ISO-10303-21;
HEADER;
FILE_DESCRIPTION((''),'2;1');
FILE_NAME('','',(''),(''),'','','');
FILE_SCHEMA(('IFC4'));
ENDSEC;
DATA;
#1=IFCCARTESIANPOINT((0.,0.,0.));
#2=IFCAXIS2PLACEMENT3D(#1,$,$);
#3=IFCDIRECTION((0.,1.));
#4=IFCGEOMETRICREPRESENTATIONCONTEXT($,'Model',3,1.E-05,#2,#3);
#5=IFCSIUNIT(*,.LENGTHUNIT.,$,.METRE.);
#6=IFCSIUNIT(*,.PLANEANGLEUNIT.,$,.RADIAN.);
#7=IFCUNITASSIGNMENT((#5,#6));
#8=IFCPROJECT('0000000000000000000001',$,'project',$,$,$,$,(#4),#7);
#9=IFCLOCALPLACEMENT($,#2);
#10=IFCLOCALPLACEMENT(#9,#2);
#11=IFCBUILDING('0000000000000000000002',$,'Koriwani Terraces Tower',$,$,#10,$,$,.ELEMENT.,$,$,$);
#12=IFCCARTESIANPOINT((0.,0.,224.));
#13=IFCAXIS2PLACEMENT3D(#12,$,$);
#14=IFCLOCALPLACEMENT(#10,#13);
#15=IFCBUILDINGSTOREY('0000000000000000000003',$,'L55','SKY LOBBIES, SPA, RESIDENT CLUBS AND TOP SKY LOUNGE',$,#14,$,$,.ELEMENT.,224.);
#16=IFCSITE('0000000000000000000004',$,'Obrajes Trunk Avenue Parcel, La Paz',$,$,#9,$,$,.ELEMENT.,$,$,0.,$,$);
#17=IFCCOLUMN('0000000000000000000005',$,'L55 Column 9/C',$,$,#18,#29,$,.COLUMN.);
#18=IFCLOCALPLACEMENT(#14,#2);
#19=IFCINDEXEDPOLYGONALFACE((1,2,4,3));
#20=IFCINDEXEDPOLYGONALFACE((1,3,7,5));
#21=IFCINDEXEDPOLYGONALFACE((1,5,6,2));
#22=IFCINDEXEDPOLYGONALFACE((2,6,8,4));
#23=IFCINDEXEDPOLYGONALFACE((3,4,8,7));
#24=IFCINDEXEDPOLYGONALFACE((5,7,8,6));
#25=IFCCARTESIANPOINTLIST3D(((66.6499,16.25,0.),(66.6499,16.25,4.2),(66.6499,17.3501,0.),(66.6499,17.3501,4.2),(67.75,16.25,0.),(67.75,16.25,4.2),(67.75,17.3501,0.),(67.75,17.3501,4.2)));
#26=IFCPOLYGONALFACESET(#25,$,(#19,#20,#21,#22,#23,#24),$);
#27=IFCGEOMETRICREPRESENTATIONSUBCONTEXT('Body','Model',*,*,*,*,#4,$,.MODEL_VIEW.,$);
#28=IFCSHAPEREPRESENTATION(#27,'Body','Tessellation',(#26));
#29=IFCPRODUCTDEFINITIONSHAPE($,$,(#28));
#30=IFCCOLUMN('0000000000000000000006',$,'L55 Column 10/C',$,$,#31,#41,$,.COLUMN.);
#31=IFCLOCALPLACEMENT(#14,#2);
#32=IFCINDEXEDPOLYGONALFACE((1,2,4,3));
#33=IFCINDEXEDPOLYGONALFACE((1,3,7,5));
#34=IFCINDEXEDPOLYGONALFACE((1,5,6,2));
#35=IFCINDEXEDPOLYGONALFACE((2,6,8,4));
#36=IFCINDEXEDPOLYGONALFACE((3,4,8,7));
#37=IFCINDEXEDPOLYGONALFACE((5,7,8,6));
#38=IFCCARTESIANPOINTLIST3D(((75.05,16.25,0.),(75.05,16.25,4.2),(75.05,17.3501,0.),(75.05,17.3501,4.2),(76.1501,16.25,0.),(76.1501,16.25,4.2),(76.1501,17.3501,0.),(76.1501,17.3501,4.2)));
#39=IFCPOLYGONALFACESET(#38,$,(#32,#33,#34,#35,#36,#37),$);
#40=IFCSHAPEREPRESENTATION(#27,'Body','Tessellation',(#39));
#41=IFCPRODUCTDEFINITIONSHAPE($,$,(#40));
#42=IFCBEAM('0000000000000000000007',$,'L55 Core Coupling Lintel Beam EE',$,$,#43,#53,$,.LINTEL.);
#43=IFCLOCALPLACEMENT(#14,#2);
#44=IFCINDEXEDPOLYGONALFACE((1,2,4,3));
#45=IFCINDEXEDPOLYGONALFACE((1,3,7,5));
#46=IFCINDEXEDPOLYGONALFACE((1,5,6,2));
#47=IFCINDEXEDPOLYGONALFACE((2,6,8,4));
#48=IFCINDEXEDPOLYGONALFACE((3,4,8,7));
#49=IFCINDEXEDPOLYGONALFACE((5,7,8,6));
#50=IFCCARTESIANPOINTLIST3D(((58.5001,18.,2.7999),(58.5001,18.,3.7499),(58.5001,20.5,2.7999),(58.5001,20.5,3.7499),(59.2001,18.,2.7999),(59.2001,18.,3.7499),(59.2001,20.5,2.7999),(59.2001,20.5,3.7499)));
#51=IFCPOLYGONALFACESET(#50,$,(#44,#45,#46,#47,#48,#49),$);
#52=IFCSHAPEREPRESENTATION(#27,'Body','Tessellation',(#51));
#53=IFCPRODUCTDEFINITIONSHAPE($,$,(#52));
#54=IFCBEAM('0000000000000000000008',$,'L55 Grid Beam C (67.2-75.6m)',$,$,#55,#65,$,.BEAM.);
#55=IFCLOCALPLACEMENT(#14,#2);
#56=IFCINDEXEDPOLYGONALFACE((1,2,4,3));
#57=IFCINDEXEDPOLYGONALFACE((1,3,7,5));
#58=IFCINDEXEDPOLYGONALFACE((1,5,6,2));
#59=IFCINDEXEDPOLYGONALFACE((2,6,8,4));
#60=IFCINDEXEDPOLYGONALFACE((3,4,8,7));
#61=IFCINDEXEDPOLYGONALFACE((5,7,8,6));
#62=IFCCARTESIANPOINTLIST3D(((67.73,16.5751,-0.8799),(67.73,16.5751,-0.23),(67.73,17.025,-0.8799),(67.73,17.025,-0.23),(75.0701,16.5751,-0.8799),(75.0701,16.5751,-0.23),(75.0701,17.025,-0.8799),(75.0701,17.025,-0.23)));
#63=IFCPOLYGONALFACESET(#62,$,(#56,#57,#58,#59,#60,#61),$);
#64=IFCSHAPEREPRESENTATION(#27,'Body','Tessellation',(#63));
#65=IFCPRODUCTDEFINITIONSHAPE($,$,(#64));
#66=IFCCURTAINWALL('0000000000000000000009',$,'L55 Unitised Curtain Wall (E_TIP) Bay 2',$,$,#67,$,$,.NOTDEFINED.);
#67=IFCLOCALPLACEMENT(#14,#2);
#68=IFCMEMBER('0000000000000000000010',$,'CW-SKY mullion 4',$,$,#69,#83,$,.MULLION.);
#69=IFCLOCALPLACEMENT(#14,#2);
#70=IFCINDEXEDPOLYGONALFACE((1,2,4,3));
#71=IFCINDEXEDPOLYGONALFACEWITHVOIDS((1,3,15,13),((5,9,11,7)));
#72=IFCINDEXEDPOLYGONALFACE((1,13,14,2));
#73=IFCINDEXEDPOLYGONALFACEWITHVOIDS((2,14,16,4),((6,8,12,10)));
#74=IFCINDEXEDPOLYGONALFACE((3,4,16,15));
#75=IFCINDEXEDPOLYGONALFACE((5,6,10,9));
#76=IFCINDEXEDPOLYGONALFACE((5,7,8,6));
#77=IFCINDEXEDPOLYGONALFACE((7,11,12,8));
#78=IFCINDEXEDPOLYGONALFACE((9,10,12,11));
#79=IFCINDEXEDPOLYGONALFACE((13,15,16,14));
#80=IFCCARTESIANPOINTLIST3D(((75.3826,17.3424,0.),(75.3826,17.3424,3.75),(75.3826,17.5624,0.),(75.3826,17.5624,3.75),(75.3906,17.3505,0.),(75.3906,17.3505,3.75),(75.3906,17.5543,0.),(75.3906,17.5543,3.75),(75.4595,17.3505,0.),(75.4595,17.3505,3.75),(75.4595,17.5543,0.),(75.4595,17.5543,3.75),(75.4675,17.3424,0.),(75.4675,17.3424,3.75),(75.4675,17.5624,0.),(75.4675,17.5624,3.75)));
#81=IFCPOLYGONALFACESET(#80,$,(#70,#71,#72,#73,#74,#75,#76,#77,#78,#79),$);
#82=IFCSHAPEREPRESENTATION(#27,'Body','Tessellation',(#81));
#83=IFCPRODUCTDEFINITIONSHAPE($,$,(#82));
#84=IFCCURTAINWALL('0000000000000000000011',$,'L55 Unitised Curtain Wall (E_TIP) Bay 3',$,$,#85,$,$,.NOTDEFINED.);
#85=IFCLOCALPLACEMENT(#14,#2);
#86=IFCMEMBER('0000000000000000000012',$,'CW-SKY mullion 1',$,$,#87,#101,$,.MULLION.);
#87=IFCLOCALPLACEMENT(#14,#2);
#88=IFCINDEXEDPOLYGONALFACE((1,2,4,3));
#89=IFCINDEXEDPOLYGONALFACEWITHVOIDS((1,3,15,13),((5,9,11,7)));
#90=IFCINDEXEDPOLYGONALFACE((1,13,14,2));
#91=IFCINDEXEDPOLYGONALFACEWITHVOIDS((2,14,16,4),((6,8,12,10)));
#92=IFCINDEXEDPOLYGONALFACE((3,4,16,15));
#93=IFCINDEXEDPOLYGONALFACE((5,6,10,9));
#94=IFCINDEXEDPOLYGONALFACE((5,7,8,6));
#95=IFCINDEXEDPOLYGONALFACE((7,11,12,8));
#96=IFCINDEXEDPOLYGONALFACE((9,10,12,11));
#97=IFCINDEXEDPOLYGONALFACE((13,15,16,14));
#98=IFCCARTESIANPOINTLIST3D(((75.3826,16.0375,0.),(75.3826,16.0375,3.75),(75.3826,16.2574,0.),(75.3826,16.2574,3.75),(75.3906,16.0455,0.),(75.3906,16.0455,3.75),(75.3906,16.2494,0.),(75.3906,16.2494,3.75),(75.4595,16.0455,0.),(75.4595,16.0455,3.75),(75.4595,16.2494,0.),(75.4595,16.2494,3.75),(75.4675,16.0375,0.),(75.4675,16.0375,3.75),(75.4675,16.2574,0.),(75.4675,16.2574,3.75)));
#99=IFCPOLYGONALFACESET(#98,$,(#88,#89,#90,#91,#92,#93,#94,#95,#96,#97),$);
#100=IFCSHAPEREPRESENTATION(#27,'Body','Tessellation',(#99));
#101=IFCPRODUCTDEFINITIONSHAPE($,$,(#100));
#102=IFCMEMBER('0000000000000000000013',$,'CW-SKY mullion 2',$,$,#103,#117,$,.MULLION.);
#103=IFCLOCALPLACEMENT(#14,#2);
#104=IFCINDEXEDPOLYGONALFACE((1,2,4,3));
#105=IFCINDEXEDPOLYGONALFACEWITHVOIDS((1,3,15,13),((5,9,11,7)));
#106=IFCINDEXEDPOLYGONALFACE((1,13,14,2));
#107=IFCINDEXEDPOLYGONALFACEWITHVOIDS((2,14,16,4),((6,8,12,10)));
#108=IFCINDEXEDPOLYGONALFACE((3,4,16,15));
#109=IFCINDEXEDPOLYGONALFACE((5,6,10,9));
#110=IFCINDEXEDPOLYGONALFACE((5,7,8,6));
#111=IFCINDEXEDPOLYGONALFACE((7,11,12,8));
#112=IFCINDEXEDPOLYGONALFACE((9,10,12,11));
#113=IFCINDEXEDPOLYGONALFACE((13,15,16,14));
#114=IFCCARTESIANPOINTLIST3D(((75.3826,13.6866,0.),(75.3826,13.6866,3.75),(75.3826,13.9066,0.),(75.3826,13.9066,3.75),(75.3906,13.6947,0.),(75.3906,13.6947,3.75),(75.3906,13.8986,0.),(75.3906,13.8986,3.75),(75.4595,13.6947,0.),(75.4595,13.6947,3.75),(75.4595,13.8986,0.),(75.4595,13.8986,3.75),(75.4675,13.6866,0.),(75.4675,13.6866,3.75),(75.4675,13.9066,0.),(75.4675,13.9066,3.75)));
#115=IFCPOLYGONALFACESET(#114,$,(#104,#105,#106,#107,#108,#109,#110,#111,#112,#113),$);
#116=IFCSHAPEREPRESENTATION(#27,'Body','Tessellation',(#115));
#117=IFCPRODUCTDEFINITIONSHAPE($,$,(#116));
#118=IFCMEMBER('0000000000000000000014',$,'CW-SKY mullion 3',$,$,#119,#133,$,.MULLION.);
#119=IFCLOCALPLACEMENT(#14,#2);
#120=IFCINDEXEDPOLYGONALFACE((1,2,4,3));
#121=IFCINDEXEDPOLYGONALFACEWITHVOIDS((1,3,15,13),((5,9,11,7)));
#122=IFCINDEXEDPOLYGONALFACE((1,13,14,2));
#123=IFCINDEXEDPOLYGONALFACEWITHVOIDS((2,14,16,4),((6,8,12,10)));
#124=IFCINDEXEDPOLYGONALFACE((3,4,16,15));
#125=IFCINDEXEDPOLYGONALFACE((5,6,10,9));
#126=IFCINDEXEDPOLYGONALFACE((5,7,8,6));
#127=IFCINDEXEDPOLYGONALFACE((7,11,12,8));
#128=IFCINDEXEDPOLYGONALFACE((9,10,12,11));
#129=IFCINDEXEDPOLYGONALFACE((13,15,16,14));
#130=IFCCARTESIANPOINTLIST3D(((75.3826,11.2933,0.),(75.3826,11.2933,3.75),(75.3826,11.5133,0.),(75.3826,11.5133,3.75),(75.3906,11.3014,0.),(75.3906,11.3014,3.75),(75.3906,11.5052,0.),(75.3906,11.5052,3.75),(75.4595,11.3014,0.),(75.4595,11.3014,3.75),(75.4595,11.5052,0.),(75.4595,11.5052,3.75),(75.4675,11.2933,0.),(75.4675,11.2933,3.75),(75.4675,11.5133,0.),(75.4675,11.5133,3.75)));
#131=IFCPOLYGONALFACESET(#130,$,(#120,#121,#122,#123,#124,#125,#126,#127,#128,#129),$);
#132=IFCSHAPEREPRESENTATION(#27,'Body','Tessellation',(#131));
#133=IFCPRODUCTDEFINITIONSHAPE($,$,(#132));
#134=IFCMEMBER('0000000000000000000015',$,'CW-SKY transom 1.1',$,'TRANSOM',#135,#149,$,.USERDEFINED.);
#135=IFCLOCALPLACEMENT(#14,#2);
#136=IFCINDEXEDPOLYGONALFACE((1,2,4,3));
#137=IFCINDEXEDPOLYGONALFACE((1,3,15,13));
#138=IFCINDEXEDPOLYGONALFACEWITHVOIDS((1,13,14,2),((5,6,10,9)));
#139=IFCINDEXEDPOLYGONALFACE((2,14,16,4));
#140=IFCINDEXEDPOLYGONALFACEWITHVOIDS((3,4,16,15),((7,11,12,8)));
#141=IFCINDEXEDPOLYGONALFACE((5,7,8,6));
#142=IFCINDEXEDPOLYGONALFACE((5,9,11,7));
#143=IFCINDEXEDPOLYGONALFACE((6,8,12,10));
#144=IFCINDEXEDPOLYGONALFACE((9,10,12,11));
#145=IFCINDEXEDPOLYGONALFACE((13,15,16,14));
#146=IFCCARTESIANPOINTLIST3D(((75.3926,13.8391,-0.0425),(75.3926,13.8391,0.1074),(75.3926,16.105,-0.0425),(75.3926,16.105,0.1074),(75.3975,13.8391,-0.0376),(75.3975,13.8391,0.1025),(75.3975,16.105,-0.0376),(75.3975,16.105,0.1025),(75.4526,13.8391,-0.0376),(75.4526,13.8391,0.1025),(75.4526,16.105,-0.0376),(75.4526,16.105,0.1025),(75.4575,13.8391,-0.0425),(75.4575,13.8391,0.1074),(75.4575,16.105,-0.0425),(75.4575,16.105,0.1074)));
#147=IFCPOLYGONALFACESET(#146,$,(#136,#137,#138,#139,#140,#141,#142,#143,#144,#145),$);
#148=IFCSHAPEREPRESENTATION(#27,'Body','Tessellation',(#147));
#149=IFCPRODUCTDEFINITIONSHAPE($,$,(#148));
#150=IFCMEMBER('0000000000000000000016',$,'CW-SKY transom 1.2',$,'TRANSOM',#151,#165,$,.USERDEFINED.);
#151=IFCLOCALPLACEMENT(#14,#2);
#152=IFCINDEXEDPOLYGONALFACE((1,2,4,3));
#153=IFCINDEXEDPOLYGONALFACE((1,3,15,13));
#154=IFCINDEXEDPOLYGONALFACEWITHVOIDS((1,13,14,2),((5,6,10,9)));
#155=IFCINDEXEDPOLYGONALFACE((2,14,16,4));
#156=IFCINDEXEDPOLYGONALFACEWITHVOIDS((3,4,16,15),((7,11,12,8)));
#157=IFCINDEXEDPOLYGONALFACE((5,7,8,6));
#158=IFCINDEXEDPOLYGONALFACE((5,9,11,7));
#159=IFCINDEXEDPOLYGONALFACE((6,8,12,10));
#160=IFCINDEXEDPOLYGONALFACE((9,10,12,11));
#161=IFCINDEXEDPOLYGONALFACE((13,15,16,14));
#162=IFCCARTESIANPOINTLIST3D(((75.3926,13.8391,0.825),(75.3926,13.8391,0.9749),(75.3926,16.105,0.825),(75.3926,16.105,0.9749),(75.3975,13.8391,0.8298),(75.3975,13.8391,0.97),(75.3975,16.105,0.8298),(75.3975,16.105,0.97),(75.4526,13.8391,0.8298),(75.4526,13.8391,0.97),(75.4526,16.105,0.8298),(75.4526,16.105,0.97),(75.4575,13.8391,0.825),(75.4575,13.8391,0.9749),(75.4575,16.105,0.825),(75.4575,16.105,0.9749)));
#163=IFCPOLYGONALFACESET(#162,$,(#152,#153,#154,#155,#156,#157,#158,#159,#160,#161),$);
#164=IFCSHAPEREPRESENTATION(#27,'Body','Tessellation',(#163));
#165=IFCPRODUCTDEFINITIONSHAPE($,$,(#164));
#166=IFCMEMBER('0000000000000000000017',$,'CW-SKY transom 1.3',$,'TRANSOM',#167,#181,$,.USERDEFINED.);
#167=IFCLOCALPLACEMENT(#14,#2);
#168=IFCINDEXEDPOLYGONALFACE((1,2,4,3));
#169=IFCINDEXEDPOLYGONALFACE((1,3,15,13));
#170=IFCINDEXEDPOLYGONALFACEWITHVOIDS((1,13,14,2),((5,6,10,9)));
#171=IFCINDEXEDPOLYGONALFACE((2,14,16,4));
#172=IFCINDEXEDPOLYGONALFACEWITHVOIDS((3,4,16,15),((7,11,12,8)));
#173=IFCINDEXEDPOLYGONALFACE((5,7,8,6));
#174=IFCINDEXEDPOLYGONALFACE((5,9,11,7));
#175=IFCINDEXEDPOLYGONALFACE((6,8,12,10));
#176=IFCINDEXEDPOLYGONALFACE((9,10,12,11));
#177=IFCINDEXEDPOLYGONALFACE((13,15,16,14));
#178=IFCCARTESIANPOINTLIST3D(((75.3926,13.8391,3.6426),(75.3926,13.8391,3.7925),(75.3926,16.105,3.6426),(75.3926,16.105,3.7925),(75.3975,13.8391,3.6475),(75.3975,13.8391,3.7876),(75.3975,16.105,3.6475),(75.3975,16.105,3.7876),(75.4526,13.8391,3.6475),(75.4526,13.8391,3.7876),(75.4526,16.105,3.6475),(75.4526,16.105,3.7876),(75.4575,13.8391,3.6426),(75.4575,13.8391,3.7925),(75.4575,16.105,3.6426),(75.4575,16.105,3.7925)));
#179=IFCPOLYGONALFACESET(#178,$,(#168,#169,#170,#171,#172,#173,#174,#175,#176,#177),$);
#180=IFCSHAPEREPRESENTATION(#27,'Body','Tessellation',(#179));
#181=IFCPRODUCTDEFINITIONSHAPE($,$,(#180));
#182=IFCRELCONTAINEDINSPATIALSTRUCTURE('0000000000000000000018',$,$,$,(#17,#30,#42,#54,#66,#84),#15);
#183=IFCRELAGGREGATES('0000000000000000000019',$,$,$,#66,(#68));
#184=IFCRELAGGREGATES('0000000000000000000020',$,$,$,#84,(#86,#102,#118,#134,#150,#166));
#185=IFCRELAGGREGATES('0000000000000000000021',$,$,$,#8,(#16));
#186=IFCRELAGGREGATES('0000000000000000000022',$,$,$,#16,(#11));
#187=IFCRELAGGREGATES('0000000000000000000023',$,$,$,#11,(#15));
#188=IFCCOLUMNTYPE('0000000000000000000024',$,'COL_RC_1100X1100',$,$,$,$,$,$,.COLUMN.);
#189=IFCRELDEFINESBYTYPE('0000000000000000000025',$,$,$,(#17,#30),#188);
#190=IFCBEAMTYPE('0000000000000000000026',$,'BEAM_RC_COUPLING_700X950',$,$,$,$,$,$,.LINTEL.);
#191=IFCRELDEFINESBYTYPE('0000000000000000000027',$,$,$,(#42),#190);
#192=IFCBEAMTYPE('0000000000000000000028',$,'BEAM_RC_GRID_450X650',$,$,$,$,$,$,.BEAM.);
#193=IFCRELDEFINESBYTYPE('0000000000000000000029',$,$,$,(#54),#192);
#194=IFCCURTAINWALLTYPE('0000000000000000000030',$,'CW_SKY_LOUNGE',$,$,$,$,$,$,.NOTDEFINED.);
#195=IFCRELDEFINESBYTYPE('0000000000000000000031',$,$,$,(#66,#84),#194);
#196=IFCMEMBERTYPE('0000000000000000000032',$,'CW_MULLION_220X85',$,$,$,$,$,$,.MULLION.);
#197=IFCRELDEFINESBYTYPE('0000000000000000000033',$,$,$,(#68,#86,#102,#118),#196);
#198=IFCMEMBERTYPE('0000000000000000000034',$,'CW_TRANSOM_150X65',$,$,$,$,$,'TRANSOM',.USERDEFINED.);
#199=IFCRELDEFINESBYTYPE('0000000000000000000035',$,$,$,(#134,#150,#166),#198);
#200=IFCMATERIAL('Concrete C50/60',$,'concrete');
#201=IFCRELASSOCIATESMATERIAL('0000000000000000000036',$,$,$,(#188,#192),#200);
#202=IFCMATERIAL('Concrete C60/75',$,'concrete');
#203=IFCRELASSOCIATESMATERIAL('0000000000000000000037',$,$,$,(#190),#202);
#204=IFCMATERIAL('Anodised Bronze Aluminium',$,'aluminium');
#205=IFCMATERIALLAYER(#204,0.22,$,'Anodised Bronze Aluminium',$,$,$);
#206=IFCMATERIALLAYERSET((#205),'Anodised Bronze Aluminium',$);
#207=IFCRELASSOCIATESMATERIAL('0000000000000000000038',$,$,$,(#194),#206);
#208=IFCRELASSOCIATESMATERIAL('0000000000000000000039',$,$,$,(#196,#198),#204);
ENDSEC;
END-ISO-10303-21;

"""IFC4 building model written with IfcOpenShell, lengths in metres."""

from ifc_helpers import new_model, si_unit, direction, frame, origin, origin_2d, place, context, subcontext, project, spatial, rectangle, hollow_rectangle, extrude, material, layer, layer_set, material_profile, profile_set, type_object, element, aggregate, save


model = new_model("IFC4")

# Units and contexts
model_context = context("Model", 3, precision=1e-05, world=origin(), true_north=direction((0.0, 1.0)))
body_context = subcontext(model_context, "Body", "Model", "MODEL_VIEW")
ifc_project = project(units=[si_unit("LENGTHUNIT", "METRE"), si_unit("PLANEANGLEUNIT", "RADIAN")], contexts=[model_context])

# Site, building, storey
site_placement = place(None, origin())
site = spatial("IfcSite", under=ifc_project, at=site_placement, Name="Obrajes Trunk Avenue Parcel, La Paz", CompositionType="ELEMENT", RefElevation=0.0)
building_placement = place(site_placement, origin())
building = spatial("IfcBuilding", under=site, at=building_placement, Name="Koriwani Terraces Tower", CompositionType="ELEMENT")
storey_placement = place(building_placement, frame((0.0, 0.0, 224.0)))
storey = spatial("IfcBuildingStorey", under=building, at=storey_placement, Name="L55", Description="SKY LOBBIES, SPA, RESIDENT CLUBS AND TOP SKY LOUNGE", CompositionType="ELEMENT", Elevation=224.0)

# Columns
ifc_material_1 = material(Name="Concrete C50/60", Category="concrete")
ifc_material_profile_1 = material_profile(ifc_material_1, rectangle(XDim=1.1001, YDim=1.1001, at=origin_2d()), Name="Concrete C50/60", Category="LoadBearing")
ifc_profile_set_1 = profile_set([ifc_material_profile_1], Name="Concrete C50/60")
column_type = type_object("IfcColumnType", Name="COL_RC_1100X1100", PredefinedType="COLUMN", material=ifc_profile_set_1)
for number, where, z_axis, x_axis, name in (
    (1, (67.2, 16.8, 0.0), (0.0, 0.0, 1.0), (1.0, 0.0, 0.0), "L55 Column 9/C"),
    (2, (75.6001, 16.8, 0.0), (0.0, 0.0, 1.0), (1.0, 0.0, 0.0), "L55 Column 10/C"),
):
    element("IfcColumn", number, at=place(storey_placement, frame(where, z_axis=z_axis, x_axis=x_axis)), inside=storey, type_object=column_type, Name=name, PredefinedType="COLUMN", context=body_context, shape_type="SweptSolid", body=[
        extrude(rectangle(XDim=1.1001, YDim=1.1001, at=origin_2d()), origin(), (0.0, 0.0, 1.0), 4.2),
    ])

# Beams
ifc_material_2 = material(Name="Concrete C60/75", Category="concrete")
ifc_material_profile_2 = material_profile(ifc_material_2, rectangle(XDim=0.7, YDim=0.95, at=origin_2d()), Name="Concrete C60/75", Category="LoadBearing")
ifc_profile_set_2 = profile_set([ifc_material_profile_2], Name="Concrete C60/75")
beam_type_1 = type_object("IfcBeamType", Name="BEAM_RC_COUPLING_700X950", PredefinedType="LINTEL", material=ifc_profile_set_2)
beam_1_placement = place(storey_placement, frame((58.8501, 18.0, 3.2749), z_axis=(0.0, 1.0, 0.0), x_axis=(-1.0, 0.0, 0.0)))
element("IfcBeam", 3, at=beam_1_placement, inside=storey, type_object=beam_type_1, Name="L55 Core Coupling Lintel Beam EE", PredefinedType="LINTEL", context=body_context, shape_type="SweptSolid", body=[
    extrude(rectangle(XDim=0.7, YDim=0.95, at=origin_2d()), origin(), (0.0, 0.0, 1.0), 2.5),
])
ifc_material_profile_3 = material_profile(ifc_material_1, rectangle(XDim=0.45, YDim=0.6499, at=origin_2d()), Name="Concrete C50/60", Category="LoadBearing")
ifc_profile_set_3 = profile_set([ifc_material_profile_3], Name="Concrete C50/60")
beam_type_2 = type_object("IfcBeamType", Name="BEAM_RC_GRID_450X650", PredefinedType="BEAM", material=ifc_profile_set_3)
beam_2_placement = place(storey_placement, frame((67.73, 16.8, -0.5549), z_axis=(1.0, 0.0, 0.0), x_axis=(0.0, 1.0, 0.0)))
element("IfcBeam", 4, at=beam_2_placement, inside=storey, type_object=beam_type_2, Name="L55 Grid Beam C (67.2-75.6m)", PredefinedType="BEAM", context=body_context, shape_type="SweptSolid", body=[
    extrude(rectangle(XDim=0.45, YDim=0.6499, at=origin_2d()), origin(), (0.0, 0.0, 1.0), 7.3401),
])

# Curtain wall, member
ifc_material_3 = material(Name="Anodised Bronze Aluminium", Category="aluminium")
ifc_layer_1 = layer(ifc_material_3, 0.22, Name="Anodised Bronze Aluminium")
ifc_layer_set_1 = layer_set([ifc_layer_1], Name="Anodised Bronze Aluminium")
curtain_wall_type = type_object("IfcCurtainWallType", Name="CW_SKY_LOUNGE", PredefinedType="NOTDEFINED", material=ifc_layer_set_1)
curtain_wall_1_placement = place(storey_placement, origin())
curtain_wall_1 = element("IfcCurtainWall", 5, at=curtain_wall_1_placement, inside=storey, type_object=curtain_wall_type, Name="L55 Unitised Curtain Wall (E_TIP) Bay 2", PredefinedType="NOTDEFINED")
ifc_material_profile_4 = material_profile(ifc_material_3, hollow_rectangle(XDim=0.085, YDim=0.22, WallThickness=0.0081, at=origin_2d()), Name="Anodised Bronze Aluminium", Category="LoadBearing")
ifc_profile_set_4 = profile_set([ifc_material_profile_4], Name="Anodised Bronze Aluminium")
member_type_1 = type_object("IfcMemberType", Name="CW_MULLION_220X85", PredefinedType="MULLION", material=ifc_profile_set_4)
member_1_placement = place(storey_placement, frame((75.425, 17.4524, 0.0), z_axis=(0.0, 0.0, 1.0), x_axis=(1.0, 0.0, 0.0)))
member_1 = element("IfcMember", 6, at=member_1_placement, type_object=member_type_1, Name="CW-SKY mullion 4", PredefinedType="MULLION", context=body_context, shape_type="SweptSolid", body=[
    extrude(hollow_rectangle(XDim=0.085, YDim=0.22, WallThickness=0.0081, at=origin_2d()), origin(), (0.0, 0.0, 1.0), 3.75),
])

# Curtain wall, members
curtain_wall_2_placement = place(storey_placement, origin())
curtain_wall_2 = element("IfcCurtainWall", 7, at=curtain_wall_2_placement, inside=storey, type_object=curtain_wall_type, Name="L55 Unitised Curtain Wall (E_TIP) Bay 3", PredefinedType="NOTDEFINED")
member_2_placement = place(storey_placement, frame((75.425, 16.1475, 0.0), z_axis=(0.0, 0.0, 1.0), x_axis=(1.0, 0.0, 0.0)))
member_2 = element("IfcMember", 8, at=member_2_placement, type_object=member_type_1, Name="CW-SKY mullion 1", PredefinedType="MULLION", context=body_context, shape_type="SweptSolid", body=[
    extrude(hollow_rectangle(XDim=0.085, YDim=0.22, WallThickness=0.0081, at=origin_2d()), origin(), (0.0, 0.0, 1.0), 3.75),
])
member_3_placement = place(storey_placement, frame((75.425, 13.7966, 0.0), z_axis=(0.0, 0.0, 1.0), x_axis=(1.0, 0.0, 0.0)))
member_3 = element("IfcMember", 9, at=member_3_placement, type_object=member_type_1, Name="CW-SKY mullion 2", PredefinedType="MULLION", context=body_context, shape_type="SweptSolid", body=[
    extrude(hollow_rectangle(XDim=0.085, YDim=0.22, WallThickness=0.0081, at=origin_2d()), origin(), (0.0, 0.0, 1.0), 3.75),
])
member_4_placement = place(storey_placement, frame((75.425, 11.4033, 0.0), z_axis=(0.0, 0.0, 1.0), x_axis=(1.0, 0.0, 0.0)))
member_4 = element("IfcMember", 10, at=member_4_placement, type_object=member_type_1, Name="CW-SKY mullion 3", PredefinedType="MULLION", context=body_context, shape_type="SweptSolid", body=[
    extrude(hollow_rectangle(XDim=0.085, YDim=0.22, WallThickness=0.0081, at=origin_2d()), origin(), (0.0, 0.0, 1.0), 3.75),
])
ifc_material_profile_5 = material_profile(ifc_material_3, hollow_rectangle(XDim=0.0649, YDim=0.1499, WallThickness=0.0049, at=origin_2d()), Name="Anodised Bronze Aluminium", Category="LoadBearing")
ifc_profile_set_5 = profile_set([ifc_material_profile_5], Name="Anodised Bronze Aluminium")
member_type_2 = type_object("IfcMemberType", Name="CW_TRANSOM_150X65", ElementType="TRANSOM", PredefinedType="USERDEFINED", material=ifc_profile_set_5)
member_5_placement = place(storey_placement, frame((75.425, 16.105, 0.0325), z_axis=(0.0, -1.0, 0.0), x_axis=(1.0, 0.0, 0.0)))
member_5 = element("IfcMember", 11, at=member_5_placement, type_object=member_type_2, Name="CW-SKY transom 1.1", ObjectType="TRANSOM", PredefinedType="USERDEFINED", context=body_context, shape_type="SweptSolid", body=[
    extrude(hollow_rectangle(XDim=0.0649, YDim=0.1499, WallThickness=0.0049, at=origin_2d()), origin(), (0.0, 0.0, 1.0), 2.2659),
])
member_6_placement = place(storey_placement, frame((75.425, 16.105, 0.8999), z_axis=(0.0, -1.0, 0.0), x_axis=(1.0, 0.0, 0.0)))
member_6 = element("IfcMember", 12, at=member_6_placement, type_object=member_type_2, Name="CW-SKY transom 1.2", ObjectType="TRANSOM", PredefinedType="USERDEFINED", context=body_context, shape_type="SweptSolid", body=[
    extrude(hollow_rectangle(XDim=0.0649, YDim=0.1499, WallThickness=0.0049, at=origin_2d()), origin(), (0.0, 0.0, 1.0), 2.2659),
])
member_7_placement = place(storey_placement, frame((75.425, 16.105, 3.7175), z_axis=(0.0, -1.0, 0.0), x_axis=(1.0, 0.0, 0.0)))
member_7 = element("IfcMember", 13, at=member_7_placement, type_object=member_type_2, Name="CW-SKY transom 1.3", ObjectType="TRANSOM", PredefinedType="USERDEFINED", context=body_context, shape_type="SweptSolid", body=[
    extrude(hollow_rectangle(XDim=0.0649, YDim=0.1499, WallThickness=0.0049, at=origin_2d()), origin(), (0.0, 0.0, 1.0), 2.2659),
])

aggregate(curtain_wall_1, [member_1])
aggregate(curtain_wall_2, [member_2, member_3, member_4, member_5, member_6, member_7])

save(model, "model.ifc")
